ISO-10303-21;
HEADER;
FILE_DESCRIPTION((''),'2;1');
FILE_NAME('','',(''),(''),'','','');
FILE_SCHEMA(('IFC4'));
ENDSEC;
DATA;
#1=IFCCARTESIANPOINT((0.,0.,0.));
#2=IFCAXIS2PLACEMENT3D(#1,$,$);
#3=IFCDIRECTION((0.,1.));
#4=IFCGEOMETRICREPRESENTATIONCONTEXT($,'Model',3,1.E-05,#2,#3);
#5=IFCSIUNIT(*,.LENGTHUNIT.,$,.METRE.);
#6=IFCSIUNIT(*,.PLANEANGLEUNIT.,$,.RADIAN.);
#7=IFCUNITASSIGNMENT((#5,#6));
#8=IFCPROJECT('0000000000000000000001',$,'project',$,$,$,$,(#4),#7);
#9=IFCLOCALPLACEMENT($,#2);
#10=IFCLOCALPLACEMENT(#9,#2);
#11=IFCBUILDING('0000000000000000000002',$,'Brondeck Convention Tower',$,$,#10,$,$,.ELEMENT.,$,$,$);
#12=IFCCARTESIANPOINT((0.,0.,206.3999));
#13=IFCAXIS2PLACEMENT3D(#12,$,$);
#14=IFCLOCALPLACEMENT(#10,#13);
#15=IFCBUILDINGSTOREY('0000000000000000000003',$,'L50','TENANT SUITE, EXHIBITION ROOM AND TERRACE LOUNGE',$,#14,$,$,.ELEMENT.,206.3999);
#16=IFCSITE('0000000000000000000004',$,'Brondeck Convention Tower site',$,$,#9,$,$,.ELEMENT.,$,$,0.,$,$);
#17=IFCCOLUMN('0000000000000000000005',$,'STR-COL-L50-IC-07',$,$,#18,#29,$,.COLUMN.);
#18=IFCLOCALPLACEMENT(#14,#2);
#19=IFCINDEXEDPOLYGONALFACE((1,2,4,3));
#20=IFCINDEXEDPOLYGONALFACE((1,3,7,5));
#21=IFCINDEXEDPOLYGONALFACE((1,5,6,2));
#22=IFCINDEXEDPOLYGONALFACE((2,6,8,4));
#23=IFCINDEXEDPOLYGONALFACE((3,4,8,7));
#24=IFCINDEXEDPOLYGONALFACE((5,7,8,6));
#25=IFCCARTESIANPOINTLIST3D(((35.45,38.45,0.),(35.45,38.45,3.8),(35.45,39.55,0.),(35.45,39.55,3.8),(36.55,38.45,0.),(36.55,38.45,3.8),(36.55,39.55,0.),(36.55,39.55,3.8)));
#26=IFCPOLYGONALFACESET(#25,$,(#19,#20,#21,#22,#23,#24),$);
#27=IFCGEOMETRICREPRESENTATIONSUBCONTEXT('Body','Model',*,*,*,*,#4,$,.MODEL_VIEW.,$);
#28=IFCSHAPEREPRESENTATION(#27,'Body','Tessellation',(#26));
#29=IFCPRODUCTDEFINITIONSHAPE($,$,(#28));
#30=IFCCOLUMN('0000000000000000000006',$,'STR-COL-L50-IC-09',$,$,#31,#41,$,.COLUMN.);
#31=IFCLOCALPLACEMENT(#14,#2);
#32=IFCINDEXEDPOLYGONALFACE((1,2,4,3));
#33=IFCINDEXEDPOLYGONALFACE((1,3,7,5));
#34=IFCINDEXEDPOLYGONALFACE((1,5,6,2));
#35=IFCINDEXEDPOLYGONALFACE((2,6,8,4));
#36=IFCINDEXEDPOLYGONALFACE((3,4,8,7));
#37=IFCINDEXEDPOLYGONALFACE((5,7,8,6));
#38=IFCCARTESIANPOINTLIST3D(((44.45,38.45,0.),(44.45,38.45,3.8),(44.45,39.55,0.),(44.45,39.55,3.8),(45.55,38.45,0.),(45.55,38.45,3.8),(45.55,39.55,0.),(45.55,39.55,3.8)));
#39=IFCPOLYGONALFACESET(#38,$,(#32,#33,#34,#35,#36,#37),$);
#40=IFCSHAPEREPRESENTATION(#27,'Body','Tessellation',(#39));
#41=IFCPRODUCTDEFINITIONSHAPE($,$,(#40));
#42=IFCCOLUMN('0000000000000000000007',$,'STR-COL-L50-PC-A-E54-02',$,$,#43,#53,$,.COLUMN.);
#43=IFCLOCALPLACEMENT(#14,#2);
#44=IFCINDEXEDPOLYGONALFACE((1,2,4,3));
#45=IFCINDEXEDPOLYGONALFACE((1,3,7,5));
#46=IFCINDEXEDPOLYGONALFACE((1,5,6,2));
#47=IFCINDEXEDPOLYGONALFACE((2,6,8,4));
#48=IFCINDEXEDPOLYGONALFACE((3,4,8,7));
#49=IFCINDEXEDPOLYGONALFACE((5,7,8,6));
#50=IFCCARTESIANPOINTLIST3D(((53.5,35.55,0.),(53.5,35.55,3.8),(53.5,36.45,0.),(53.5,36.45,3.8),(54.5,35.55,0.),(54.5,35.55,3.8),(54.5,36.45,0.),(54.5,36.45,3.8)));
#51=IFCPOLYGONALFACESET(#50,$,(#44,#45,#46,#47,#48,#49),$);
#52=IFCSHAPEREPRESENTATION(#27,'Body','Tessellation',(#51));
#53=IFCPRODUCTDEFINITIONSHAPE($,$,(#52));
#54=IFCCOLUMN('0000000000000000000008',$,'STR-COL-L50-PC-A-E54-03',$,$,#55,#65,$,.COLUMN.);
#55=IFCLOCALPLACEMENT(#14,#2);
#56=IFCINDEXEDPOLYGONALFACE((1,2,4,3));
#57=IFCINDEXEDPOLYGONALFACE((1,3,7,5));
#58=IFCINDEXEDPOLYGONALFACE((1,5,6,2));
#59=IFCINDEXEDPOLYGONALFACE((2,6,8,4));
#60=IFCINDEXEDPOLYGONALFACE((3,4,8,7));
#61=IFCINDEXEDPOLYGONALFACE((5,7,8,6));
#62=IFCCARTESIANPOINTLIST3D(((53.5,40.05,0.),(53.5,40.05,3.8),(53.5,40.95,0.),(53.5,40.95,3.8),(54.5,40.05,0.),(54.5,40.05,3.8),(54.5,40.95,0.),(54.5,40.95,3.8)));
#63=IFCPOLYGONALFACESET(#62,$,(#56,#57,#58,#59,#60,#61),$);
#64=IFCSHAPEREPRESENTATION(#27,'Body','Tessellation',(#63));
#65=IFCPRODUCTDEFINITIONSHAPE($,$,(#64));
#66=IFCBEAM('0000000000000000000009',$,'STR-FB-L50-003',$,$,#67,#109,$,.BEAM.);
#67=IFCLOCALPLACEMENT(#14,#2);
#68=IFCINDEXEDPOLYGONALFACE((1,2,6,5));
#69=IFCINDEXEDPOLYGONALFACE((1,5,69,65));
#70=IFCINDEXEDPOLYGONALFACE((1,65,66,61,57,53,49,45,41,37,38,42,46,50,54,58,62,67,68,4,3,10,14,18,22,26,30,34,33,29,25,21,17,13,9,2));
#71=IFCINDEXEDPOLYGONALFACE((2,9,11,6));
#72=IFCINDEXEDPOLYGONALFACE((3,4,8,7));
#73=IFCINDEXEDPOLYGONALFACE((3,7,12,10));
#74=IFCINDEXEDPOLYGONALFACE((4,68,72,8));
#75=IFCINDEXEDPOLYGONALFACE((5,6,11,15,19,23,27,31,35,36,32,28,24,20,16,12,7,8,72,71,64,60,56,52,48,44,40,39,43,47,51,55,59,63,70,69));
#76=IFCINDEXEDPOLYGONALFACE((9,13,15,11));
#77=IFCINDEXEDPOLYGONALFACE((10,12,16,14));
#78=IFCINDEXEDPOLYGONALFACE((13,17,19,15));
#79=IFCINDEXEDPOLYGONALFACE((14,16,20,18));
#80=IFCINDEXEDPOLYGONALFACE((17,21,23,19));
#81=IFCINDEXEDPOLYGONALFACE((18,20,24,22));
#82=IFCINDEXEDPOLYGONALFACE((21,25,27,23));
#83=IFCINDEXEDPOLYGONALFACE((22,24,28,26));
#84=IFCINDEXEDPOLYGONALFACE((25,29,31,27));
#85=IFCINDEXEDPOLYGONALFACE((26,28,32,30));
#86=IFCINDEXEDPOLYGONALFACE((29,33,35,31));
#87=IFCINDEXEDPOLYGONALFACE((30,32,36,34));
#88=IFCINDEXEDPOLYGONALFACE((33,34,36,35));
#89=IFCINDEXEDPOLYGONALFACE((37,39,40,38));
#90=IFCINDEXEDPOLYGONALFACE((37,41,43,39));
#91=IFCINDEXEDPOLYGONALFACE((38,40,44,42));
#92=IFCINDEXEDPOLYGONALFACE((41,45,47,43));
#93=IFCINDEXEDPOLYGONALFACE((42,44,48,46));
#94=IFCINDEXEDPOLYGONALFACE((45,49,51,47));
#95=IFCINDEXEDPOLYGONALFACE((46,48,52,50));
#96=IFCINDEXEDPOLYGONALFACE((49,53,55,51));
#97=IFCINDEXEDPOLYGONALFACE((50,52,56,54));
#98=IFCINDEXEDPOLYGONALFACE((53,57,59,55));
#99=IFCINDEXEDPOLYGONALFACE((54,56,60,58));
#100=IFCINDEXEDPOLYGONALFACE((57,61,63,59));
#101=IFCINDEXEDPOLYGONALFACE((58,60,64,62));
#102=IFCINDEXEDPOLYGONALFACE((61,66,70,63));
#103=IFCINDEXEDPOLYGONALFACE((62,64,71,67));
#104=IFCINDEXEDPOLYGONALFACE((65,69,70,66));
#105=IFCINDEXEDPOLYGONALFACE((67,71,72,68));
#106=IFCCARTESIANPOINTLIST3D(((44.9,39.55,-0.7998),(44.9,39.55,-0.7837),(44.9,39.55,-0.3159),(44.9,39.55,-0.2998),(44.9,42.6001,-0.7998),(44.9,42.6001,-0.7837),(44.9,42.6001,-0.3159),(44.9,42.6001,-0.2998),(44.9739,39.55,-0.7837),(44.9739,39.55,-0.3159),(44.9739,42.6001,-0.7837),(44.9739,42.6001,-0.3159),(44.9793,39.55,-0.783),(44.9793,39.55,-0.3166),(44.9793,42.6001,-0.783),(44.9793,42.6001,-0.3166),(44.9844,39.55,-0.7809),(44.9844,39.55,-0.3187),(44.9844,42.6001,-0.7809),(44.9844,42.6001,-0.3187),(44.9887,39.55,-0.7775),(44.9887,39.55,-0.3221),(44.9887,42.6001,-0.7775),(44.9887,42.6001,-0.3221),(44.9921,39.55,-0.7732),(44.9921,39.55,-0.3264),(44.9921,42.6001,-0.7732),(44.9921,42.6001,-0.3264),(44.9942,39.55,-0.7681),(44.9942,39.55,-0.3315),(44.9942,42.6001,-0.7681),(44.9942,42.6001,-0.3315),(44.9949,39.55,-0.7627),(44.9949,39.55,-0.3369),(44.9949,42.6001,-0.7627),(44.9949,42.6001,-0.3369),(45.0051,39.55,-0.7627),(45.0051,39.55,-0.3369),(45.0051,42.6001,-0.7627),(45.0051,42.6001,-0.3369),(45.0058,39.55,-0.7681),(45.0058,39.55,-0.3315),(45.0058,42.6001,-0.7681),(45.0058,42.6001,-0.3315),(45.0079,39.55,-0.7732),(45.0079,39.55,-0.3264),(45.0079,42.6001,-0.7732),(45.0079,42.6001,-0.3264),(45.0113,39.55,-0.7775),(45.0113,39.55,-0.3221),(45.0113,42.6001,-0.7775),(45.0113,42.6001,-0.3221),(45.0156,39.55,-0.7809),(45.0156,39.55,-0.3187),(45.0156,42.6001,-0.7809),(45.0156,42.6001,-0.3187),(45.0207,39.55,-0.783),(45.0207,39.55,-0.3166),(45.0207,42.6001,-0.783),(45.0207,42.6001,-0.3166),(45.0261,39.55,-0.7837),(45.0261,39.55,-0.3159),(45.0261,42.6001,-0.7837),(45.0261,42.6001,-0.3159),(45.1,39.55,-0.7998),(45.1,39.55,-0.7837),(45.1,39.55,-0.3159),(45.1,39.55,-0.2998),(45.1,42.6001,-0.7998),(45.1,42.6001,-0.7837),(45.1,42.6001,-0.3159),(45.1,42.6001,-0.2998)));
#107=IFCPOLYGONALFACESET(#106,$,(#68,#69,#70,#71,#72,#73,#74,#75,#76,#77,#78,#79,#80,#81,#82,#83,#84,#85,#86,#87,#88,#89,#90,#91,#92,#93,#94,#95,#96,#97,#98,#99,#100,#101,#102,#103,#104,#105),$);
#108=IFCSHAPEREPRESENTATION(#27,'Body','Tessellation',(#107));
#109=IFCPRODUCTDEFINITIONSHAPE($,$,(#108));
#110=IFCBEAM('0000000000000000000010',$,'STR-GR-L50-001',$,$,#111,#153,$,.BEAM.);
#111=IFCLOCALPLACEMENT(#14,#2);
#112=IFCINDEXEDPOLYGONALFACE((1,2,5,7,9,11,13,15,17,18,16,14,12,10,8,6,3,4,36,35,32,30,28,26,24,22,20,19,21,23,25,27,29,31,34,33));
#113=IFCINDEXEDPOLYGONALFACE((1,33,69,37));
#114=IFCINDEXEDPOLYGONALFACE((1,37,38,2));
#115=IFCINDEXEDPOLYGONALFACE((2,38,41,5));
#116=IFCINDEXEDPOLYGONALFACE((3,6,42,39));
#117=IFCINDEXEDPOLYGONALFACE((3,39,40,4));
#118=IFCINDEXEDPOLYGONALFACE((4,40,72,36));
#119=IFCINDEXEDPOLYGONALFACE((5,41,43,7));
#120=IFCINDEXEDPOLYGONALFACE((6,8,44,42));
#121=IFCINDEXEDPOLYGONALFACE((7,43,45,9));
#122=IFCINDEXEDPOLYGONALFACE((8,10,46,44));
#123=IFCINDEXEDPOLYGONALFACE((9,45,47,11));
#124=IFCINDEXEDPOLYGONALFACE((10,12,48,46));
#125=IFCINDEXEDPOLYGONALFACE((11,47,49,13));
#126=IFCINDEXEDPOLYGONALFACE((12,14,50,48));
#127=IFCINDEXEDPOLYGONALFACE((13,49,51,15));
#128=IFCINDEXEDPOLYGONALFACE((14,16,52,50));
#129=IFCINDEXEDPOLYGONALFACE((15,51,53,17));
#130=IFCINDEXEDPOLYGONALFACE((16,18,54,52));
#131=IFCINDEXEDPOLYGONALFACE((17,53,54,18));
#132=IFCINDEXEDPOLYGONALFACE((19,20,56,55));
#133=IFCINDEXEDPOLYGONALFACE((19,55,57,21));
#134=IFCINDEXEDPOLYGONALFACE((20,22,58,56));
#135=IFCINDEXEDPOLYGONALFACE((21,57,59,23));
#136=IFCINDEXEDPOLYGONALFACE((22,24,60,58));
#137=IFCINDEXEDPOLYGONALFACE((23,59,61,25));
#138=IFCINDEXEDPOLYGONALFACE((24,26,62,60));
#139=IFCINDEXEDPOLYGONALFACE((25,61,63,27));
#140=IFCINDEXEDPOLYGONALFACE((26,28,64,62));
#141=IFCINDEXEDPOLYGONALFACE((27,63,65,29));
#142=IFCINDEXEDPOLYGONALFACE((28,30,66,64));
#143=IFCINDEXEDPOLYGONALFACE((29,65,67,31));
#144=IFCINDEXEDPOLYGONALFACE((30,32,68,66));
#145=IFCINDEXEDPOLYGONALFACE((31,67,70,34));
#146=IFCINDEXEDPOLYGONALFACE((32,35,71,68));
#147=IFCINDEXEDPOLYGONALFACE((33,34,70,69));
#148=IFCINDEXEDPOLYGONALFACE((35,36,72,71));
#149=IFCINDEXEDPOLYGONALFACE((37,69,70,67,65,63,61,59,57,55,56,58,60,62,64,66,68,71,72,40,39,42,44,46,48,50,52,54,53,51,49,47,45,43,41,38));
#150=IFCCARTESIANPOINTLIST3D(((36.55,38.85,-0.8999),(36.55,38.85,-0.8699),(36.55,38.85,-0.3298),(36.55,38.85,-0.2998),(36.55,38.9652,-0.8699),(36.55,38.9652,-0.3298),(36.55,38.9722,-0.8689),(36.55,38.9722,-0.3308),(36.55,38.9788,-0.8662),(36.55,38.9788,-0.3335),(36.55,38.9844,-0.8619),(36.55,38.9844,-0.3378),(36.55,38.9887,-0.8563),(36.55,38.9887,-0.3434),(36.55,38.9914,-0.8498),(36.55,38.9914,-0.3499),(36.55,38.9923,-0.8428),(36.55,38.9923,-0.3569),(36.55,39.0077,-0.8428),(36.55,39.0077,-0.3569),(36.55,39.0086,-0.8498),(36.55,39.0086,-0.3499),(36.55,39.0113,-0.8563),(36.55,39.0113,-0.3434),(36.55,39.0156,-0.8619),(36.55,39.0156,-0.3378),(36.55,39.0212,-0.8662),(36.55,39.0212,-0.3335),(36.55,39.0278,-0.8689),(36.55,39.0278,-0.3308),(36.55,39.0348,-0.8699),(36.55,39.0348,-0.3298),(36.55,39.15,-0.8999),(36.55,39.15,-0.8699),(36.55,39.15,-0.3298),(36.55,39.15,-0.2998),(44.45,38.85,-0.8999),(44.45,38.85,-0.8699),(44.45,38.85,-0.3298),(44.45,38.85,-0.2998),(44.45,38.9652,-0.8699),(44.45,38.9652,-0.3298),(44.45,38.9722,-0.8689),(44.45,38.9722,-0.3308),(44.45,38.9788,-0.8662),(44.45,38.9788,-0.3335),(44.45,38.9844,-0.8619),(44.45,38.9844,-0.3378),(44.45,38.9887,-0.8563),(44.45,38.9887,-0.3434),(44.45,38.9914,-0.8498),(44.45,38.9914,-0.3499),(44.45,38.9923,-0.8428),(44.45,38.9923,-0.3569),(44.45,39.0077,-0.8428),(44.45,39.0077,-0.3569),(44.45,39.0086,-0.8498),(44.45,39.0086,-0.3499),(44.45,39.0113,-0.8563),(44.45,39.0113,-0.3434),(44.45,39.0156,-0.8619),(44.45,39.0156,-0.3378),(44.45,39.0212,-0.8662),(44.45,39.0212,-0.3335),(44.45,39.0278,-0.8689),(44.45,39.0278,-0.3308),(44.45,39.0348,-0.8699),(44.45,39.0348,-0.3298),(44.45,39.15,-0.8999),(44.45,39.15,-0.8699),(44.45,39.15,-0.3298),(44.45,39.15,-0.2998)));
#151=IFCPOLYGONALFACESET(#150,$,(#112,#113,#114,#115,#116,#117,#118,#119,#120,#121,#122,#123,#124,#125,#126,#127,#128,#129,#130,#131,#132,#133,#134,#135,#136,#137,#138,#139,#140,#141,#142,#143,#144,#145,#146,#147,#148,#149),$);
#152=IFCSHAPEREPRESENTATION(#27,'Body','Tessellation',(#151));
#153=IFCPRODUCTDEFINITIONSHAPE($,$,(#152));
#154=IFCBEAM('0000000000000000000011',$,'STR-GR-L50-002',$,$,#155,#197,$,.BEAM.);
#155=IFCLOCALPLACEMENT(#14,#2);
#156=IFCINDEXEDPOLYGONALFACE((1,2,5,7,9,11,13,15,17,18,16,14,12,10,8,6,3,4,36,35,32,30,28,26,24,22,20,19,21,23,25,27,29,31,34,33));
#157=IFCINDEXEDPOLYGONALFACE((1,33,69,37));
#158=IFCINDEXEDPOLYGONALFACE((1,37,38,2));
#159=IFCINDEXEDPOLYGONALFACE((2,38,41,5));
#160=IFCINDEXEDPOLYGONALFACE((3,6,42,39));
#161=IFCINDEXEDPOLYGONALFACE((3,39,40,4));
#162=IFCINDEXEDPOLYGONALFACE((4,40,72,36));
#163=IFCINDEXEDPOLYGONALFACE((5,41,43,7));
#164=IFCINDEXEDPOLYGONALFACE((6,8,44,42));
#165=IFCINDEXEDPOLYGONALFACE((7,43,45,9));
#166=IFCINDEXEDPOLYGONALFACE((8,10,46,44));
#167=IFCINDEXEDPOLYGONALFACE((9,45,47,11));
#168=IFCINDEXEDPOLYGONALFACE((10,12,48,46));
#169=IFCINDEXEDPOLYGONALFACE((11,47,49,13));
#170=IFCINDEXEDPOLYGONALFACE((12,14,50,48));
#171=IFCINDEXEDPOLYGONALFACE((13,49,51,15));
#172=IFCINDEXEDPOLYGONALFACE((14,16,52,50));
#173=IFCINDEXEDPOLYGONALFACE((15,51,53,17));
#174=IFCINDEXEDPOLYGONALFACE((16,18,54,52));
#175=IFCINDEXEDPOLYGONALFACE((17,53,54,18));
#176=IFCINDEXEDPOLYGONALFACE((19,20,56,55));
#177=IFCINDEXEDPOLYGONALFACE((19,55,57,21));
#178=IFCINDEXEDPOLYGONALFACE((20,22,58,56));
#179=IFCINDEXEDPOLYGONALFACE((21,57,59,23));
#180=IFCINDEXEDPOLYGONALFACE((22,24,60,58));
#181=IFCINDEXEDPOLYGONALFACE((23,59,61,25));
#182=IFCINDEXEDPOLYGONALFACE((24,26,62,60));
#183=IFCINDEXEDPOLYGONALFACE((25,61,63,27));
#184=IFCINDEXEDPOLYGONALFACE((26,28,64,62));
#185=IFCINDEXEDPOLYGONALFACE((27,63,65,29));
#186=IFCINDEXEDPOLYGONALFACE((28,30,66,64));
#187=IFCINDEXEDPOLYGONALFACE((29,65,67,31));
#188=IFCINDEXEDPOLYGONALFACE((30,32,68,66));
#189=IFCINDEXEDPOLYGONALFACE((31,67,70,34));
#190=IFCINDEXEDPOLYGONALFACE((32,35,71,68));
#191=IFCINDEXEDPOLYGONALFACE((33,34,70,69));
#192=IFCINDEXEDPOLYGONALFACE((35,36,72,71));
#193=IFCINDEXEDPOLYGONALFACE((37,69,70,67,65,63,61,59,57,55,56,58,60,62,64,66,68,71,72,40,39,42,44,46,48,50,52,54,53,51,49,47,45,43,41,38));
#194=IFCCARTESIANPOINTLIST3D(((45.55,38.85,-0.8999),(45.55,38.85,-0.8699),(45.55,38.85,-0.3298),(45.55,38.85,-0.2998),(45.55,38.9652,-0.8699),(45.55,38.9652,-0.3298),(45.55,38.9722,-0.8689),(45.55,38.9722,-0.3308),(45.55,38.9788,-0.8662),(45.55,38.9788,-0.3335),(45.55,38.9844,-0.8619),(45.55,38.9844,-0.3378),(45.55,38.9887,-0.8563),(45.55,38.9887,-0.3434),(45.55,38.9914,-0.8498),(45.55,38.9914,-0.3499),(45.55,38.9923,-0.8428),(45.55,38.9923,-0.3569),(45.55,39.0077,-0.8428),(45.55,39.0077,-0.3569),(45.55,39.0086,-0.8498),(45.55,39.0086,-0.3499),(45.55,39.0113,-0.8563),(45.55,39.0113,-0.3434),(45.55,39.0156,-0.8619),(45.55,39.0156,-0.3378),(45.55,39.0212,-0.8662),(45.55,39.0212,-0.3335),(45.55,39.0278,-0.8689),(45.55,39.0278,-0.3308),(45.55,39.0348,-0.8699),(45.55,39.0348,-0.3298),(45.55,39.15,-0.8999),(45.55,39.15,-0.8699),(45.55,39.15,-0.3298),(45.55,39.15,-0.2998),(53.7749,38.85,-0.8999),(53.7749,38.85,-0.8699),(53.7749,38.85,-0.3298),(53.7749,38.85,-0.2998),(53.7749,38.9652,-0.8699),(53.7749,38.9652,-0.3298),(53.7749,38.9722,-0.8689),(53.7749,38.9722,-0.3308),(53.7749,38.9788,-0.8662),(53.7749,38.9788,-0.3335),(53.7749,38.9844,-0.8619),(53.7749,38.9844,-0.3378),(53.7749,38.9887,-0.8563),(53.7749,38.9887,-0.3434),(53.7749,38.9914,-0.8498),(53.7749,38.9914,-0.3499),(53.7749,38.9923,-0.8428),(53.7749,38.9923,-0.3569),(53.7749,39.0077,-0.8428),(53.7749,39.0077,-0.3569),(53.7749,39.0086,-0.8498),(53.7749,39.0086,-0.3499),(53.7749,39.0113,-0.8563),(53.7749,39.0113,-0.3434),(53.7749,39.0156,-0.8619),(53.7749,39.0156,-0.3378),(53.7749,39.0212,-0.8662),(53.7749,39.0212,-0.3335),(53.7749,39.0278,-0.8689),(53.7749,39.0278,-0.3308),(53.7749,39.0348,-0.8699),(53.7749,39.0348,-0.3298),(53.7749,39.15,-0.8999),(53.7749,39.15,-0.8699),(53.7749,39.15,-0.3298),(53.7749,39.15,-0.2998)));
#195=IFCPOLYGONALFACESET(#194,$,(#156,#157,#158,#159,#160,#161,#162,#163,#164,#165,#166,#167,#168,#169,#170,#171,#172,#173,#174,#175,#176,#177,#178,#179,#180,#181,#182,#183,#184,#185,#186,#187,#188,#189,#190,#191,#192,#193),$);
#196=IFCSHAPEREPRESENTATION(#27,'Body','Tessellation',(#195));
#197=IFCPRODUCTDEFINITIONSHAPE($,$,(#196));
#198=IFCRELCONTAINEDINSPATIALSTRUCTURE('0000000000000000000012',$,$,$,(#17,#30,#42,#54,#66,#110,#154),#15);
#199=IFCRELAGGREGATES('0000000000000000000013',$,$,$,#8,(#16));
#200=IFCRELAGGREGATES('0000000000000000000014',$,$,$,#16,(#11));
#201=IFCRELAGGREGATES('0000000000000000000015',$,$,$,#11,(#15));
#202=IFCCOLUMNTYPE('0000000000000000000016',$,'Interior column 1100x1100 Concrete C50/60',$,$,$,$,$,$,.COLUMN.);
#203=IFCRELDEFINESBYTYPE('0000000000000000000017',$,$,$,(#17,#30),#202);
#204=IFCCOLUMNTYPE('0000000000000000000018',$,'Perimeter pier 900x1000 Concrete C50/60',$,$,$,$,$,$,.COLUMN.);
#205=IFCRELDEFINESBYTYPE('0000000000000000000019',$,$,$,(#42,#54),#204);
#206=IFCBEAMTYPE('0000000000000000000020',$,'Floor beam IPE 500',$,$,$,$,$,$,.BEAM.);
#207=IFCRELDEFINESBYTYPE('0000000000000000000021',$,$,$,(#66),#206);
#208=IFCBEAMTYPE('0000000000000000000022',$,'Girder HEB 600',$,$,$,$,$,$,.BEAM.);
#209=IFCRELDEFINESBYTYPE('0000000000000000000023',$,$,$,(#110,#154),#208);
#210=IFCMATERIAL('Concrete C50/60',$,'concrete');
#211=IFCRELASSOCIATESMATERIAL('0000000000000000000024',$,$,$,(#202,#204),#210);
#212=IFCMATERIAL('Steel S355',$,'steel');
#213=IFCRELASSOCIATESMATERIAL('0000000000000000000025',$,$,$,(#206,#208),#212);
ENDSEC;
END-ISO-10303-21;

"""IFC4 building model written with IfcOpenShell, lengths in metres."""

from ifc_helpers import new_model, si_unit, direction, frame, origin, origin_2d, place, context, subcontext, project, spatial, rectangle, i_section, extrude, material, material_profile, profile_set, type_object, element, save


model = new_model("IFC4")

# Units and contexts
model_context = context("Model", 3, precision=1e-05, world=origin(), true_north=direction((0.0, 1.0)))
body_context = subcontext(model_context, "Body", "Model", "MODEL_VIEW")
ifc_project = project(units=[si_unit("LENGTHUNIT", "METRE"), si_unit("PLANEANGLEUNIT", "RADIAN")], contexts=[model_context])

# Site, building, storey
site_placement = place(None, origin())
site = spatial("IfcSite", under=ifc_project, at=site_placement, Name="Brondeck Convention Tower site", CompositionType="ELEMENT", RefElevation=0.0)
building_placement = place(site_placement, origin())
building = spatial("IfcBuilding", under=site, at=building_placement, Name="Brondeck Convention Tower", CompositionType="ELEMENT")
storey_placement = place(building_placement, frame((0.0, 0.0, 206.3999)))
storey = spatial("IfcBuildingStorey", under=building, at=storey_placement, Name="L50", Description="TENANT SUITE, EXHIBITION ROOM AND TERRACE LOUNGE", CompositionType="ELEMENT", Elevation=206.3999)

# Columns
ifc_material_1 = material(Name="Concrete C50/60", Category="concrete")
ifc_material_profile_1 = material_profile(ifc_material_1, rectangle(XDim=1.1001, YDim=1.1001, at=origin_2d()), Name="Interior column 1100x1100 Concrete C50/60")
ifc_profile_set_1 = profile_set([ifc_material_profile_1], Name="Concrete C50/60")
column_type_1 = type_object("IfcColumnType", Name="Interior column 1100x1100 Concrete C50/60", PredefinedType="COLUMN", material=ifc_profile_set_1)
for number, where, z_axis, x_axis, name in (
    (1, (36.0, 39.0, 0.0), (0.0, 0.0, 1.0), (1.0, 0.0, 0.0), "STR-COL-L50-IC-07"),
    (2, (45.0, 39.0, 0.0), (0.0, 0.0, 1.0), (1.0, 0.0, 0.0), "STR-COL-L50-IC-09"),
):
    element("IfcColumn", number, at=place(storey_placement, frame(where, z_axis=z_axis, x_axis=x_axis)), inside=storey, type_object=column_type_1, Name=name, PredefinedType="COLUMN", context=body_context, shape_type="SweptSolid", body=[
        extrude(rectangle(XDim=1.1001, YDim=1.1001, at=origin_2d()), origin(), (0.0, 0.0, 1.0), 3.8),
    ])
ifc_material_profile_2 = material_profile(ifc_material_1, rectangle(XDim=0.8999, YDim=1.0, at=origin_2d()), Name="Perimeter pier 900x1000 Concrete C50/60")
ifc_profile_set_2 = profile_set([ifc_material_profile_2], Name="Concrete C50/60")
column_type_2 = type_object("IfcColumnType", Name="Perimeter pier 900x1000 Concrete C50/60", PredefinedType="COLUMN", material=ifc_profile_set_2)
for number, where, z_axis, x_axis, name in (
    (3, (54.0, 36.0, 0.0), (0.0, 0.0, 1.0), (0.0, 1.0, 0.0), "STR-COL-L50-PC-A-E54-02"),
    (4, (54.0, 40.5, 0.0), (0.0, 0.0, 1.0), (0.0, 1.0, 0.0), "STR-COL-L50-PC-A-E54-03"),
):
    element("IfcColumn", number, at=place(storey_placement, frame(where, z_axis=z_axis, x_axis=x_axis)), inside=storey, type_object=column_type_2, Name=name, PredefinedType="COLUMN", context=body_context, shape_type="SweptSolid", body=[
        extrude(rectangle(XDim=0.8999, YDim=1.0, at=origin_2d()), origin(), (0.0, 0.0, 1.0), 3.8),
    ])

# Beams
ifc_material_2 = material(Name="Steel S355", Category="steel")
ifc_material_profile_3 = material_profile(ifc_material_2, i_section(OverallWidth=0.2, OverallDepth=0.5, WebThickness=0.0103, FlangeThickness=0.0161, FilletRadius=0.021, at=origin_2d()), Name="IPE 500")
ifc_profile_set_3 = profile_set([ifc_material_profile_3], Name="Steel S355")
beam_type_1 = type_object("IfcBeamType", Name="Floor beam IPE 500", PredefinedType="BEAM", material=ifc_profile_set_3)
beam_1_placement = place(storey_placement, frame((45.0, 39.55, -0.5498), z_axis=(0.0, 1.0, 0.0), x_axis=(-1.0, 0.0, 0.0)))
element("IfcBeam", 5, at=beam_1_placement, inside=storey, type_object=beam_type_1, Name="STR-FB-L50-003", PredefinedType="BEAM", context=body_context, shape_type="SweptSolid", body=[
    extrude(i_section(OverallWidth=0.2, OverallDepth=0.5, WebThickness=0.0103, FlangeThickness=0.0161, FilletRadius=0.021, at=origin_2d()), origin(), (0.0, 0.0, 1.0), 3.05),
])
ifc_material_profile_4 = material_profile(ifc_material_2, i_section(OverallWidth=0.3, OverallDepth=0.6001, WebThickness=0.0154, FlangeThickness=0.03, FilletRadius=0.0271, at=origin_2d()), Name="HEB 600")
ifc_profile_set_4 = profile_set([ifc_material_profile_4], Name="Steel S355")
beam_type_2 = type_object("IfcBeamType", Name="Girder HEB 600", PredefinedType="BEAM", material=ifc_profile_set_4)
beam_2_placement = place(storey_placement, frame((36.55, 39.0, -0.5999), z_axis=(1.0, 0.0, 0.0), x_axis=(0.0, 1.0, 0.0)))
element("IfcBeam", 6, at=beam_2_placement, inside=storey, type_object=beam_type_2, Name="STR-GR-L50-001", PredefinedType="BEAM", context=body_context, shape_type="SweptSolid", body=[
    extrude(i_section(OverallWidth=0.3, OverallDepth=0.6001, WebThickness=0.0154, FlangeThickness=0.03, FilletRadius=0.0271, at=origin_2d()), origin(), (0.0, 0.0, 1.0), 7.8999),
])
beam_3_placement = place(storey_placement, frame((45.55, 39.0, -0.5999), z_axis=(1.0, 0.0, 0.0), x_axis=(0.0, 1.0, 0.0)))
element("IfcBeam", 7, at=beam_3_placement, inside=storey, type_object=beam_type_2, Name="STR-GR-L50-002", PredefinedType="BEAM", context=body_context, shape_type="SweptSolid", body=[
    extrude(i_section(OverallWidth=0.3, OverallDepth=0.6001, WebThickness=0.0154, FlangeThickness=0.03, FilletRadius=0.0271, at=origin_2d()), origin(), (0.0, 0.0, 1.0), 8.2249),
])

save(model, "model.ifc")
